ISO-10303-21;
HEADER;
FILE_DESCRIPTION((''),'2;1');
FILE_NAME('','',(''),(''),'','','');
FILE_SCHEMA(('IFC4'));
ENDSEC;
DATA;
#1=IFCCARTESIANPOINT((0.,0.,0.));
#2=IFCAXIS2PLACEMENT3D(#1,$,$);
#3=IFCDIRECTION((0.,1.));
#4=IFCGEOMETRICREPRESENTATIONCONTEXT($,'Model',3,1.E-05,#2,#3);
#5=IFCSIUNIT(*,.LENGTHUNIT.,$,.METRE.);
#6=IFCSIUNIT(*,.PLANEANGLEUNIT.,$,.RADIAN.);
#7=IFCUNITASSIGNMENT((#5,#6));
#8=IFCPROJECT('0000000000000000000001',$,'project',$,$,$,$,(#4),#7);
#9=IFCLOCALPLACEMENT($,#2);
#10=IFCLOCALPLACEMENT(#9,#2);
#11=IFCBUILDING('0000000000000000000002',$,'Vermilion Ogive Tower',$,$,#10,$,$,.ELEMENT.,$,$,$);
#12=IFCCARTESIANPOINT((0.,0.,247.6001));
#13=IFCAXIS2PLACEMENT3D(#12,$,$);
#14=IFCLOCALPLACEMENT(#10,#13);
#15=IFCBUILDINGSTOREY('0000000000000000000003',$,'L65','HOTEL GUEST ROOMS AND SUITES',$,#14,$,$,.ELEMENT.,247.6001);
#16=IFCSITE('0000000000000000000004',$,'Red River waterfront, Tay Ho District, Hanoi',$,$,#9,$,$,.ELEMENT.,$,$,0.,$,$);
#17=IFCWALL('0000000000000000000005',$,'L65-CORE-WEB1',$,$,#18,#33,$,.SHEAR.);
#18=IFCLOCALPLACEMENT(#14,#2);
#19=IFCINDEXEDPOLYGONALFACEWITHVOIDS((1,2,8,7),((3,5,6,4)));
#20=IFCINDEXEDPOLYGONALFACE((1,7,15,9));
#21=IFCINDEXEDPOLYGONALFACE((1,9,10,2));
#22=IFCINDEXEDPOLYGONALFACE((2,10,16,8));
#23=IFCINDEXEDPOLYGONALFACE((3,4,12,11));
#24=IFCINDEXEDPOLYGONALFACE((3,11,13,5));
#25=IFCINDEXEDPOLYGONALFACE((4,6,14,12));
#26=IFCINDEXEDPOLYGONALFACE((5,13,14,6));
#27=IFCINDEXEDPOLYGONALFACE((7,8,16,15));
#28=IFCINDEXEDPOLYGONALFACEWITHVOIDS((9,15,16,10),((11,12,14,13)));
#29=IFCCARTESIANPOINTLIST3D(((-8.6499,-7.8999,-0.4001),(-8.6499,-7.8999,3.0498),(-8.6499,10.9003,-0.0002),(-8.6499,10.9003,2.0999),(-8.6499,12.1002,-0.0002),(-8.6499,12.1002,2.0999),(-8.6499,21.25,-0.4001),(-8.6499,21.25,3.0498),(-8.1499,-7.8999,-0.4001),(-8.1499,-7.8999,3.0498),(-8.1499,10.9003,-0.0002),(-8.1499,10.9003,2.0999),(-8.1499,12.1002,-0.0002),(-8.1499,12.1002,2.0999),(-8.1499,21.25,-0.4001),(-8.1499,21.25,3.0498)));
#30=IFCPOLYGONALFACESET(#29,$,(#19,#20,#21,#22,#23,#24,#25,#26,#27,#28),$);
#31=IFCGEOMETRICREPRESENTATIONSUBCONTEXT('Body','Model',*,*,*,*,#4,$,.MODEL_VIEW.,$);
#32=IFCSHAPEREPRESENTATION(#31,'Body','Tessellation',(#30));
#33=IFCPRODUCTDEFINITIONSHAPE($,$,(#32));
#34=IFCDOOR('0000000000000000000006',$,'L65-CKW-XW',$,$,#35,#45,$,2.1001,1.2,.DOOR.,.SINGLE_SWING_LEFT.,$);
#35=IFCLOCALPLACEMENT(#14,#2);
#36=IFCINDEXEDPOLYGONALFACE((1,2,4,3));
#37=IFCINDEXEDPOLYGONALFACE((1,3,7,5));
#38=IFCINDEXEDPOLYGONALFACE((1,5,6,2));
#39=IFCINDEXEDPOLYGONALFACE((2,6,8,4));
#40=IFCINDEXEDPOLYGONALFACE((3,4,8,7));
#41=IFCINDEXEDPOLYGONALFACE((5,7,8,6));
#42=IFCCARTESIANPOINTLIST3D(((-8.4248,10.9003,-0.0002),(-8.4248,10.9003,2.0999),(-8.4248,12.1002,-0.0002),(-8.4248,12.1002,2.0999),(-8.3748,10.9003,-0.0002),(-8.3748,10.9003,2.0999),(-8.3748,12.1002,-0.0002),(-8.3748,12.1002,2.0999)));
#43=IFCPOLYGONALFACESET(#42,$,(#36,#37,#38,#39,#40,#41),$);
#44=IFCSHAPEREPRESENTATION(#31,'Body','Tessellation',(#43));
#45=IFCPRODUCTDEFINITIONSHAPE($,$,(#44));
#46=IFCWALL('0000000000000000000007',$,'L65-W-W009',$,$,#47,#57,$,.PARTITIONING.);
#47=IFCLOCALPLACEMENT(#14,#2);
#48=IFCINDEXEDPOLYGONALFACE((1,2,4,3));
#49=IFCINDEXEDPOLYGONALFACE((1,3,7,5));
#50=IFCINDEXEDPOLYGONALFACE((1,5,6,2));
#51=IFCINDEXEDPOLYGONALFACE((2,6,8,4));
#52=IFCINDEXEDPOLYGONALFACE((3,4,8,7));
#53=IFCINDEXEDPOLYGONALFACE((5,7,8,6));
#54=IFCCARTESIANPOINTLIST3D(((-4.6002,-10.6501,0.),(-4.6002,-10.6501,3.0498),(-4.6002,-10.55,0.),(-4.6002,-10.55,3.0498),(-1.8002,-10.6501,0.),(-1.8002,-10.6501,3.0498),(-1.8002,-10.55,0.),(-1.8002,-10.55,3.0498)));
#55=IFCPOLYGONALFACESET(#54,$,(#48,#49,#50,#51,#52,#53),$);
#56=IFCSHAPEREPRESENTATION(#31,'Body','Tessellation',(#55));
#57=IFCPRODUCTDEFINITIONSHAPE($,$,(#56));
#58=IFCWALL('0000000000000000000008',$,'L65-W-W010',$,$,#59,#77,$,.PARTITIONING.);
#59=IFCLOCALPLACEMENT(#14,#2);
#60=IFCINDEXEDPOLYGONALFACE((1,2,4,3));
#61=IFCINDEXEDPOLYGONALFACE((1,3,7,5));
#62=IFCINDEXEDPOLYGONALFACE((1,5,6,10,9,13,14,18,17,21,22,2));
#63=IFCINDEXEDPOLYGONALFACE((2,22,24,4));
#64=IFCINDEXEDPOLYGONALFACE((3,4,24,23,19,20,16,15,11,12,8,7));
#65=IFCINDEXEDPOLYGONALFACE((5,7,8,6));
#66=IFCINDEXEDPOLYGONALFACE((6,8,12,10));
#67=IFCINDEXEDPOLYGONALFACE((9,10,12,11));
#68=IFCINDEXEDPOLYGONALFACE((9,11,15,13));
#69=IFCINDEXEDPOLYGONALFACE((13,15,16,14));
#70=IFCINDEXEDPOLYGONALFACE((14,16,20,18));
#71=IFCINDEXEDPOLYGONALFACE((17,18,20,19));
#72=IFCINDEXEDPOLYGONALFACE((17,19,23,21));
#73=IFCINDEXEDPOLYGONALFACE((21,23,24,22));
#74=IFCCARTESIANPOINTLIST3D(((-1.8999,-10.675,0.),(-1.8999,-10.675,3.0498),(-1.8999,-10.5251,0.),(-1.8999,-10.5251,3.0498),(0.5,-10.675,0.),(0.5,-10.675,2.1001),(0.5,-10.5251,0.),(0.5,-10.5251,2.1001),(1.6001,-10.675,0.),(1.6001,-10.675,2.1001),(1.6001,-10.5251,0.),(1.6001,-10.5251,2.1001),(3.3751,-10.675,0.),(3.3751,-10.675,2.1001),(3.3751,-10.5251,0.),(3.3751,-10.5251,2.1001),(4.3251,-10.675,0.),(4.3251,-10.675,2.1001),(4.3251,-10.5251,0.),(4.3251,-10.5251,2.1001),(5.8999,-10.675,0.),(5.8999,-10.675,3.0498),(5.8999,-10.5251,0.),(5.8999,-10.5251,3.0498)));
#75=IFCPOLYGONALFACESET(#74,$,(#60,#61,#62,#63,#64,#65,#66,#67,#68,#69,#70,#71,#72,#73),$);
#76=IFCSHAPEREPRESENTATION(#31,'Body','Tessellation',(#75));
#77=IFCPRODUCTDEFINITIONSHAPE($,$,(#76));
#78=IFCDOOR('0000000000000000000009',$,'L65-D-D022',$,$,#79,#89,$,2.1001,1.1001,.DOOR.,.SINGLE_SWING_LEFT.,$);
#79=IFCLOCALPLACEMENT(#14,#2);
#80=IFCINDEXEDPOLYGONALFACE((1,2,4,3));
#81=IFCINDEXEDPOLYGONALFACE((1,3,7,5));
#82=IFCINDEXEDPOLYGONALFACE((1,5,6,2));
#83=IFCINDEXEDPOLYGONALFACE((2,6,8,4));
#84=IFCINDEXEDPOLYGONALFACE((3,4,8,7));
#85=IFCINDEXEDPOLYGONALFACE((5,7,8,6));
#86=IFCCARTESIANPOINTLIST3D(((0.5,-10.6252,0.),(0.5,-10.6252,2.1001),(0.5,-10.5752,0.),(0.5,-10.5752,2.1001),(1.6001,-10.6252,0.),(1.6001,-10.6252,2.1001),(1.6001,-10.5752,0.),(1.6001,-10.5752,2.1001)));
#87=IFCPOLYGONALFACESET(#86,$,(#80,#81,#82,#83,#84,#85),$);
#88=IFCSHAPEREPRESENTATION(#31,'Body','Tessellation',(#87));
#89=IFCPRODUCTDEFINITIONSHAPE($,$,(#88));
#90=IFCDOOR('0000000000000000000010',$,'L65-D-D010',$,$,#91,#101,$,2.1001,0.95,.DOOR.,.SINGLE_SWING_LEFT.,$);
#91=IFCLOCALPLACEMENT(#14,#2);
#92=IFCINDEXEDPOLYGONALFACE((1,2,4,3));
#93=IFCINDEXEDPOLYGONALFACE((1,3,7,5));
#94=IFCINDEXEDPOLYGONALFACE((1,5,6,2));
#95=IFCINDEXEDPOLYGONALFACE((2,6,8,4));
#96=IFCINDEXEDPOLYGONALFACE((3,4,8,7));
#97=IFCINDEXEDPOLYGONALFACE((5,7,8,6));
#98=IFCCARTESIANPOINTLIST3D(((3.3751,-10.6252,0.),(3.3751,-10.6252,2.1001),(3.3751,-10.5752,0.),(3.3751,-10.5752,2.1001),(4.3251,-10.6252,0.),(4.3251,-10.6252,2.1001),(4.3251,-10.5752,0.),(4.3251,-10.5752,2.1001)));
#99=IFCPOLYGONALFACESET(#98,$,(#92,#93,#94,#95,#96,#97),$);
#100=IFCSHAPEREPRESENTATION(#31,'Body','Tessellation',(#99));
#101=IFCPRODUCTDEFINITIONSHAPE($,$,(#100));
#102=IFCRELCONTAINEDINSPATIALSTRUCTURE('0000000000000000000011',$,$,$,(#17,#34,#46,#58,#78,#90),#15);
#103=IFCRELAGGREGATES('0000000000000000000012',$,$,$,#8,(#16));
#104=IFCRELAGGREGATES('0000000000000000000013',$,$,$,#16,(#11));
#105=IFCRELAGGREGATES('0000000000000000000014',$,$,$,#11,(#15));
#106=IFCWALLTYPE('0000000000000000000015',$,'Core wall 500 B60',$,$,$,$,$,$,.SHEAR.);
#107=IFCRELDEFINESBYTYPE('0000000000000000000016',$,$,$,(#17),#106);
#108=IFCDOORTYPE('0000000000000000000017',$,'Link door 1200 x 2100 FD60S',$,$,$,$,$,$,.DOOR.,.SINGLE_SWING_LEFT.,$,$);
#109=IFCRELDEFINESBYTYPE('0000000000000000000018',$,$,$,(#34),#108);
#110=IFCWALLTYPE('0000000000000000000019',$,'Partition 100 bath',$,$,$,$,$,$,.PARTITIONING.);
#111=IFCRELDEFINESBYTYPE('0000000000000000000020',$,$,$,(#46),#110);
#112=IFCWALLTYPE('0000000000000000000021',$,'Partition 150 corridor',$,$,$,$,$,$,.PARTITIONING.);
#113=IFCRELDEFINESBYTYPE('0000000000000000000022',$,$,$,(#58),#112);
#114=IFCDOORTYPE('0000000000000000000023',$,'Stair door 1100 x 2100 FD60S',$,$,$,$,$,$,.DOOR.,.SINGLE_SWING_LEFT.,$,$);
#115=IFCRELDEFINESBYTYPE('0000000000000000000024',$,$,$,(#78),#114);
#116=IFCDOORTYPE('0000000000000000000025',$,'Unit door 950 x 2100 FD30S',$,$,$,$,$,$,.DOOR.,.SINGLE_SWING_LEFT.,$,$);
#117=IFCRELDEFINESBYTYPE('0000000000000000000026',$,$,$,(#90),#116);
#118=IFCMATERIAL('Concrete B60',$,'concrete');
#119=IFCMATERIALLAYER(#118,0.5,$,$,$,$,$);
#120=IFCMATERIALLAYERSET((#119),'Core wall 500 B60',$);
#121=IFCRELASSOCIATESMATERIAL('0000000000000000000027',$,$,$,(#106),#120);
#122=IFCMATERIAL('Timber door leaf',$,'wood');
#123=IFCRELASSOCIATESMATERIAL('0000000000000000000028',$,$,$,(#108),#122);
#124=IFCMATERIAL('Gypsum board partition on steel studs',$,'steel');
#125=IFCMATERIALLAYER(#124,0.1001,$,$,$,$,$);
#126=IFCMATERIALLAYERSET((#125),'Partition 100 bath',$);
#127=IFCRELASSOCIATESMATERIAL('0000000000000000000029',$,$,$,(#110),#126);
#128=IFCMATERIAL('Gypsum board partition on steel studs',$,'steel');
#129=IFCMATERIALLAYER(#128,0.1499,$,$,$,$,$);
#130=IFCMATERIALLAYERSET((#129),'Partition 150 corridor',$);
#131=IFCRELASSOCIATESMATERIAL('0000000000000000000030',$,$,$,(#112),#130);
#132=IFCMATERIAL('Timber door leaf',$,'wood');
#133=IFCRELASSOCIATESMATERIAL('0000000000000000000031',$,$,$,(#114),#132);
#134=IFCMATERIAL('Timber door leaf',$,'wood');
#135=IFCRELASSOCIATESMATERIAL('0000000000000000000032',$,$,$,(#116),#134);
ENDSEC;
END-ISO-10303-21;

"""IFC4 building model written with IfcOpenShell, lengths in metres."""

from ifc_helpers import new_model, si_unit, direction, frame, frame_2d, origin, place, context, subcontext, project, spatial, rectangle, extrude, material, layer, layer_set, type_object, element, fill, save


model = new_model("IFC4")

# Units and contexts
model_context = context("Model", 3, precision=1e-05, world=origin(), true_north=direction((0.0, 1.0)))
body_context = subcontext(model_context, "Body", "Model", "MODEL_VIEW")
ifc_project = project(units=[si_unit("LENGTHUNIT", "METRE"), si_unit("PLANEANGLEUNIT", "RADIAN")], contexts=[model_context])

# Site, building, storey
site_placement = place(None, origin())
site = spatial("IfcSite", under=ifc_project, at=site_placement, Name="Red River waterfront, Tay Ho District, Hanoi", CompositionType="ELEMENT", RefElevation=0.0)
building_placement = place(site_placement, origin())
building = spatial("IfcBuilding", under=site, at=building_placement, Name="Vermilion Ogive Tower", CompositionType="ELEMENT")
storey_placement = place(building_placement, frame((0.0, 0.0, 247.6001)))
storey = spatial("IfcBuildingStorey", under=building, at=storey_placement, Name="L65", Description="HOTEL GUEST ROOMS AND SUITES", CompositionType="ELEMENT", Elevation=247.6001)

# Wall, opening, door
ifc_material_1 = material(Name="Concrete B60", Category="concrete")
ifc_layer_1 = layer(ifc_material_1, 0.5)
ifc_layer_set_1 = layer_set([ifc_layer_1], Name="Core wall 500 B60")
wall_type_1 = type_object("IfcWallType", Name="Core wall 500 B60", PredefinedType="SHEAR", material=ifc_layer_set_1)
wall_1_placement = place(storey_placement, frame((-8.3999, -7.8999, -0.4001), z_axis=(0.0, 0.0, 1.0), x_axis=(0.0, 1.0, 0.0)))
wall_1 = element("IfcWall", 1, at=wall_1_placement, inside=storey, type_object=wall_type_1, Name="L65-CORE-WEB1", PredefinedType="SHEAR", context=body_context, shape_type="SweptSolid", body=[
    extrude(rectangle(XDim=29.1499, YDim=0.5, at=frame_2d((14.575, 0.0))), origin(), (0.0, 0.0, 1.0), 3.45),
])
opening_1_placement = place(wall_1_placement, frame((18.8, 0.0, 0.3999)))
opening_1 = element("IfcOpeningElement", 2, at=opening_1_placement, cuts=wall_1, PredefinedType="OPENING", context=body_context, shape_type="SweptSolid", body=[
    extrude(rectangle(XDim=1.2, YDim=2.1001, at=frame_2d((0.6001, 1.05))), frame((0.0, 0.26, 0.0), z_axis=(0.0, -1.0, 0.0), x_axis=(1.0, 0.0, 0.0)), (0.0, 0.0, 1.0), 0.52),
])
ifc_material_2 = material(Name="Timber door leaf", Category="wood")
door_type_1 = type_object("IfcDoorType", Name="Link door 1200 x 2100 FD60S", OperationType="SINGLE_SWING_LEFT", PredefinedType="DOOR", material=ifc_material_2)
door_1_placement = place(opening_1_placement, origin())
door_1 = element("IfcDoor", 3, at=door_1_placement, inside=storey, type_object=door_type_1, Name="L65-CKW-XW", OperationType="SINGLE_SWING_LEFT", OverallHeight=2.1001, OverallWidth=1.2, PredefinedType="DOOR", context=body_context, shape_type="SweptSolid", body=[
    extrude(rectangle(XDim=1.2, YDim=2.1001, at=frame_2d((0.6001, 1.05))), frame((0.0, 0.0249, 0.0), z_axis=(0.0, -1.0, 0.0), x_axis=(1.0, 0.0, 0.0)), (0.0, 0.0, 1.0), 0.05),
])
fill(opening_1, door_1)

# Wall
ifc_material_3 = material(Name="Gypsum board partition on steel studs", Category="steel")
ifc_layer_2 = layer(ifc_material_3, 0.1001)
ifc_layer_set_2 = layer_set([ifc_layer_2], Name="Partition 100 bath")
wall_type_2 = type_object("IfcWallType", Name="Partition 100 bath", PredefinedType="PARTITIONING", material=ifc_layer_set_2)
wall_2_placement = place(storey_placement, frame((-4.6001, -10.6001, 0.0), z_axis=(0.0, 0.0, 1.0), x_axis=(1.0, 0.0, 0.0)))
element("IfcWall", 4, at=wall_2_placement, inside=storey, type_object=wall_type_2, Name="L65-W-W009", PredefinedType="PARTITIONING", context=body_context, shape_type="SweptSolid", body=[
    extrude(rectangle(XDim=2.8, YDim=0.1001, at=frame_2d((1.3999, 0.0))), origin(), (0.0, 0.0, 1.0), 3.0498),
])

# Wall, openings, doors
ifc_material_4 = material(Name="Gypsum board partition on steel studs", Category="steel")
ifc_layer_3 = layer(ifc_material_4, 0.1499)
ifc_layer_set_3 = layer_set([ifc_layer_3], Name="Partition 150 corridor")
wall_type_3 = type_object("IfcWallType", Name="Partition 150 corridor", PredefinedType="PARTITIONING", material=ifc_layer_set_3)
wall_3_placement = place(storey_placement, frame((-1.8999, -10.6001, 0.0), z_axis=(0.0, 0.0, 1.0), x_axis=(1.0, 0.0, 0.0)))
wall_3 = element("IfcWall", 5, at=wall_3_placement, inside=storey, type_object=wall_type_3, Name="L65-W-W010", PredefinedType="PARTITIONING", context=body_context, shape_type="SweptSolid", body=[
    extrude(rectangle(XDim=7.7998, YDim=0.1499, at=frame_2d((3.8999, 0.0))), origin(), (0.0, 0.0, 1.0), 3.0498),
])
opening_2_placement = place(wall_3_placement, frame((5.2749, 0.0, 0.0)))
opening_2 = element("IfcOpeningElement", 6, at=opening_2_placement, cuts=wall_3, PredefinedType="OPENING", context=body_context, shape_type="SweptSolid", body=[
    extrude(rectangle(XDim=0.95, YDim=2.1001, at=frame_2d((0.4751, 1.05))), frame((0.0, 0.085, 0.0), z_axis=(0.0, -1.0, 0.0), x_axis=(1.0, 0.0, 0.0)), (0.0, 0.0, 1.0), 0.1699),
])
opening_3_placement = place(wall_3_placement, frame((2.3999, 0.0, 0.0)))
opening_3 = element("IfcOpeningElement", 7, at=opening_3_placement, cuts=wall_3, PredefinedType="OPENING", context=body_context, shape_type="SweptSolid", body=[
    extrude(rectangle(XDim=1.1001, YDim=2.1001, at=frame_2d((0.55, 1.05))), frame((0.0, 0.085, 0.0), z_axis=(0.0, -1.0, 0.0), x_axis=(1.0, 0.0, 0.0)), (0.0, 0.0, 1.0), 0.1699),
])
ifc_material_5 = material(Name="Timber door leaf", Category="wood")
door_type_2 = type_object("IfcDoorType", Name="Stair door 1100 x 2100 FD60S", OperationType="SINGLE_SWING_LEFT", PredefinedType="DOOR", material=ifc_material_5)
door_2_placement = place(opening_3_placement, origin())
door_2 = element("IfcDoor", 8, at=door_2_placement, inside=storey, type_object=door_type_2, Name="L65-D-D022", OperationType="SINGLE_SWING_LEFT", OverallHeight=2.1001, OverallWidth=1.1001, PredefinedType="DOOR", context=body_context, shape_type="SweptSolid", body=[
    extrude(rectangle(XDim=1.1001, YDim=2.1001, at=frame_2d((0.55, 1.05))), frame((0.0, 0.0249, 0.0), z_axis=(0.0, -1.0, 0.0), x_axis=(1.0, 0.0, 0.0)), (0.0, 0.0, 1.0), 0.05),
])
fill(opening_3, door_2)
ifc_material_6 = material(Name="Timber door leaf", Category="wood")
door_type_3 = type_object("IfcDoorType", Name="Unit door 950 x 2100 FD30S", OperationType="SINGLE_SWING_LEFT", PredefinedType="DOOR", material=ifc_material_6)
door_3_placement = place(opening_2_placement, origin())
door_3 = element("IfcDoor", 9, at=door_3_placement, inside=storey, type_object=door_type_3, Name="L65-D-D010", OperationType="SINGLE_SWING_LEFT", OverallHeight=2.1001, OverallWidth=0.95, PredefinedType="DOOR", context=body_context, shape_type="SweptSolid", body=[
    extrude(rectangle(XDim=0.95, YDim=2.1001, at=frame_2d((0.4751, 1.05))), frame((0.0, 0.0249, 0.0), z_axis=(0.0, -1.0, 0.0), x_axis=(1.0, 0.0, 0.0)), (0.0, 0.0, 1.0), 0.05),
])
fill(opening_2, door_3)

save(model, "model.ifc")
